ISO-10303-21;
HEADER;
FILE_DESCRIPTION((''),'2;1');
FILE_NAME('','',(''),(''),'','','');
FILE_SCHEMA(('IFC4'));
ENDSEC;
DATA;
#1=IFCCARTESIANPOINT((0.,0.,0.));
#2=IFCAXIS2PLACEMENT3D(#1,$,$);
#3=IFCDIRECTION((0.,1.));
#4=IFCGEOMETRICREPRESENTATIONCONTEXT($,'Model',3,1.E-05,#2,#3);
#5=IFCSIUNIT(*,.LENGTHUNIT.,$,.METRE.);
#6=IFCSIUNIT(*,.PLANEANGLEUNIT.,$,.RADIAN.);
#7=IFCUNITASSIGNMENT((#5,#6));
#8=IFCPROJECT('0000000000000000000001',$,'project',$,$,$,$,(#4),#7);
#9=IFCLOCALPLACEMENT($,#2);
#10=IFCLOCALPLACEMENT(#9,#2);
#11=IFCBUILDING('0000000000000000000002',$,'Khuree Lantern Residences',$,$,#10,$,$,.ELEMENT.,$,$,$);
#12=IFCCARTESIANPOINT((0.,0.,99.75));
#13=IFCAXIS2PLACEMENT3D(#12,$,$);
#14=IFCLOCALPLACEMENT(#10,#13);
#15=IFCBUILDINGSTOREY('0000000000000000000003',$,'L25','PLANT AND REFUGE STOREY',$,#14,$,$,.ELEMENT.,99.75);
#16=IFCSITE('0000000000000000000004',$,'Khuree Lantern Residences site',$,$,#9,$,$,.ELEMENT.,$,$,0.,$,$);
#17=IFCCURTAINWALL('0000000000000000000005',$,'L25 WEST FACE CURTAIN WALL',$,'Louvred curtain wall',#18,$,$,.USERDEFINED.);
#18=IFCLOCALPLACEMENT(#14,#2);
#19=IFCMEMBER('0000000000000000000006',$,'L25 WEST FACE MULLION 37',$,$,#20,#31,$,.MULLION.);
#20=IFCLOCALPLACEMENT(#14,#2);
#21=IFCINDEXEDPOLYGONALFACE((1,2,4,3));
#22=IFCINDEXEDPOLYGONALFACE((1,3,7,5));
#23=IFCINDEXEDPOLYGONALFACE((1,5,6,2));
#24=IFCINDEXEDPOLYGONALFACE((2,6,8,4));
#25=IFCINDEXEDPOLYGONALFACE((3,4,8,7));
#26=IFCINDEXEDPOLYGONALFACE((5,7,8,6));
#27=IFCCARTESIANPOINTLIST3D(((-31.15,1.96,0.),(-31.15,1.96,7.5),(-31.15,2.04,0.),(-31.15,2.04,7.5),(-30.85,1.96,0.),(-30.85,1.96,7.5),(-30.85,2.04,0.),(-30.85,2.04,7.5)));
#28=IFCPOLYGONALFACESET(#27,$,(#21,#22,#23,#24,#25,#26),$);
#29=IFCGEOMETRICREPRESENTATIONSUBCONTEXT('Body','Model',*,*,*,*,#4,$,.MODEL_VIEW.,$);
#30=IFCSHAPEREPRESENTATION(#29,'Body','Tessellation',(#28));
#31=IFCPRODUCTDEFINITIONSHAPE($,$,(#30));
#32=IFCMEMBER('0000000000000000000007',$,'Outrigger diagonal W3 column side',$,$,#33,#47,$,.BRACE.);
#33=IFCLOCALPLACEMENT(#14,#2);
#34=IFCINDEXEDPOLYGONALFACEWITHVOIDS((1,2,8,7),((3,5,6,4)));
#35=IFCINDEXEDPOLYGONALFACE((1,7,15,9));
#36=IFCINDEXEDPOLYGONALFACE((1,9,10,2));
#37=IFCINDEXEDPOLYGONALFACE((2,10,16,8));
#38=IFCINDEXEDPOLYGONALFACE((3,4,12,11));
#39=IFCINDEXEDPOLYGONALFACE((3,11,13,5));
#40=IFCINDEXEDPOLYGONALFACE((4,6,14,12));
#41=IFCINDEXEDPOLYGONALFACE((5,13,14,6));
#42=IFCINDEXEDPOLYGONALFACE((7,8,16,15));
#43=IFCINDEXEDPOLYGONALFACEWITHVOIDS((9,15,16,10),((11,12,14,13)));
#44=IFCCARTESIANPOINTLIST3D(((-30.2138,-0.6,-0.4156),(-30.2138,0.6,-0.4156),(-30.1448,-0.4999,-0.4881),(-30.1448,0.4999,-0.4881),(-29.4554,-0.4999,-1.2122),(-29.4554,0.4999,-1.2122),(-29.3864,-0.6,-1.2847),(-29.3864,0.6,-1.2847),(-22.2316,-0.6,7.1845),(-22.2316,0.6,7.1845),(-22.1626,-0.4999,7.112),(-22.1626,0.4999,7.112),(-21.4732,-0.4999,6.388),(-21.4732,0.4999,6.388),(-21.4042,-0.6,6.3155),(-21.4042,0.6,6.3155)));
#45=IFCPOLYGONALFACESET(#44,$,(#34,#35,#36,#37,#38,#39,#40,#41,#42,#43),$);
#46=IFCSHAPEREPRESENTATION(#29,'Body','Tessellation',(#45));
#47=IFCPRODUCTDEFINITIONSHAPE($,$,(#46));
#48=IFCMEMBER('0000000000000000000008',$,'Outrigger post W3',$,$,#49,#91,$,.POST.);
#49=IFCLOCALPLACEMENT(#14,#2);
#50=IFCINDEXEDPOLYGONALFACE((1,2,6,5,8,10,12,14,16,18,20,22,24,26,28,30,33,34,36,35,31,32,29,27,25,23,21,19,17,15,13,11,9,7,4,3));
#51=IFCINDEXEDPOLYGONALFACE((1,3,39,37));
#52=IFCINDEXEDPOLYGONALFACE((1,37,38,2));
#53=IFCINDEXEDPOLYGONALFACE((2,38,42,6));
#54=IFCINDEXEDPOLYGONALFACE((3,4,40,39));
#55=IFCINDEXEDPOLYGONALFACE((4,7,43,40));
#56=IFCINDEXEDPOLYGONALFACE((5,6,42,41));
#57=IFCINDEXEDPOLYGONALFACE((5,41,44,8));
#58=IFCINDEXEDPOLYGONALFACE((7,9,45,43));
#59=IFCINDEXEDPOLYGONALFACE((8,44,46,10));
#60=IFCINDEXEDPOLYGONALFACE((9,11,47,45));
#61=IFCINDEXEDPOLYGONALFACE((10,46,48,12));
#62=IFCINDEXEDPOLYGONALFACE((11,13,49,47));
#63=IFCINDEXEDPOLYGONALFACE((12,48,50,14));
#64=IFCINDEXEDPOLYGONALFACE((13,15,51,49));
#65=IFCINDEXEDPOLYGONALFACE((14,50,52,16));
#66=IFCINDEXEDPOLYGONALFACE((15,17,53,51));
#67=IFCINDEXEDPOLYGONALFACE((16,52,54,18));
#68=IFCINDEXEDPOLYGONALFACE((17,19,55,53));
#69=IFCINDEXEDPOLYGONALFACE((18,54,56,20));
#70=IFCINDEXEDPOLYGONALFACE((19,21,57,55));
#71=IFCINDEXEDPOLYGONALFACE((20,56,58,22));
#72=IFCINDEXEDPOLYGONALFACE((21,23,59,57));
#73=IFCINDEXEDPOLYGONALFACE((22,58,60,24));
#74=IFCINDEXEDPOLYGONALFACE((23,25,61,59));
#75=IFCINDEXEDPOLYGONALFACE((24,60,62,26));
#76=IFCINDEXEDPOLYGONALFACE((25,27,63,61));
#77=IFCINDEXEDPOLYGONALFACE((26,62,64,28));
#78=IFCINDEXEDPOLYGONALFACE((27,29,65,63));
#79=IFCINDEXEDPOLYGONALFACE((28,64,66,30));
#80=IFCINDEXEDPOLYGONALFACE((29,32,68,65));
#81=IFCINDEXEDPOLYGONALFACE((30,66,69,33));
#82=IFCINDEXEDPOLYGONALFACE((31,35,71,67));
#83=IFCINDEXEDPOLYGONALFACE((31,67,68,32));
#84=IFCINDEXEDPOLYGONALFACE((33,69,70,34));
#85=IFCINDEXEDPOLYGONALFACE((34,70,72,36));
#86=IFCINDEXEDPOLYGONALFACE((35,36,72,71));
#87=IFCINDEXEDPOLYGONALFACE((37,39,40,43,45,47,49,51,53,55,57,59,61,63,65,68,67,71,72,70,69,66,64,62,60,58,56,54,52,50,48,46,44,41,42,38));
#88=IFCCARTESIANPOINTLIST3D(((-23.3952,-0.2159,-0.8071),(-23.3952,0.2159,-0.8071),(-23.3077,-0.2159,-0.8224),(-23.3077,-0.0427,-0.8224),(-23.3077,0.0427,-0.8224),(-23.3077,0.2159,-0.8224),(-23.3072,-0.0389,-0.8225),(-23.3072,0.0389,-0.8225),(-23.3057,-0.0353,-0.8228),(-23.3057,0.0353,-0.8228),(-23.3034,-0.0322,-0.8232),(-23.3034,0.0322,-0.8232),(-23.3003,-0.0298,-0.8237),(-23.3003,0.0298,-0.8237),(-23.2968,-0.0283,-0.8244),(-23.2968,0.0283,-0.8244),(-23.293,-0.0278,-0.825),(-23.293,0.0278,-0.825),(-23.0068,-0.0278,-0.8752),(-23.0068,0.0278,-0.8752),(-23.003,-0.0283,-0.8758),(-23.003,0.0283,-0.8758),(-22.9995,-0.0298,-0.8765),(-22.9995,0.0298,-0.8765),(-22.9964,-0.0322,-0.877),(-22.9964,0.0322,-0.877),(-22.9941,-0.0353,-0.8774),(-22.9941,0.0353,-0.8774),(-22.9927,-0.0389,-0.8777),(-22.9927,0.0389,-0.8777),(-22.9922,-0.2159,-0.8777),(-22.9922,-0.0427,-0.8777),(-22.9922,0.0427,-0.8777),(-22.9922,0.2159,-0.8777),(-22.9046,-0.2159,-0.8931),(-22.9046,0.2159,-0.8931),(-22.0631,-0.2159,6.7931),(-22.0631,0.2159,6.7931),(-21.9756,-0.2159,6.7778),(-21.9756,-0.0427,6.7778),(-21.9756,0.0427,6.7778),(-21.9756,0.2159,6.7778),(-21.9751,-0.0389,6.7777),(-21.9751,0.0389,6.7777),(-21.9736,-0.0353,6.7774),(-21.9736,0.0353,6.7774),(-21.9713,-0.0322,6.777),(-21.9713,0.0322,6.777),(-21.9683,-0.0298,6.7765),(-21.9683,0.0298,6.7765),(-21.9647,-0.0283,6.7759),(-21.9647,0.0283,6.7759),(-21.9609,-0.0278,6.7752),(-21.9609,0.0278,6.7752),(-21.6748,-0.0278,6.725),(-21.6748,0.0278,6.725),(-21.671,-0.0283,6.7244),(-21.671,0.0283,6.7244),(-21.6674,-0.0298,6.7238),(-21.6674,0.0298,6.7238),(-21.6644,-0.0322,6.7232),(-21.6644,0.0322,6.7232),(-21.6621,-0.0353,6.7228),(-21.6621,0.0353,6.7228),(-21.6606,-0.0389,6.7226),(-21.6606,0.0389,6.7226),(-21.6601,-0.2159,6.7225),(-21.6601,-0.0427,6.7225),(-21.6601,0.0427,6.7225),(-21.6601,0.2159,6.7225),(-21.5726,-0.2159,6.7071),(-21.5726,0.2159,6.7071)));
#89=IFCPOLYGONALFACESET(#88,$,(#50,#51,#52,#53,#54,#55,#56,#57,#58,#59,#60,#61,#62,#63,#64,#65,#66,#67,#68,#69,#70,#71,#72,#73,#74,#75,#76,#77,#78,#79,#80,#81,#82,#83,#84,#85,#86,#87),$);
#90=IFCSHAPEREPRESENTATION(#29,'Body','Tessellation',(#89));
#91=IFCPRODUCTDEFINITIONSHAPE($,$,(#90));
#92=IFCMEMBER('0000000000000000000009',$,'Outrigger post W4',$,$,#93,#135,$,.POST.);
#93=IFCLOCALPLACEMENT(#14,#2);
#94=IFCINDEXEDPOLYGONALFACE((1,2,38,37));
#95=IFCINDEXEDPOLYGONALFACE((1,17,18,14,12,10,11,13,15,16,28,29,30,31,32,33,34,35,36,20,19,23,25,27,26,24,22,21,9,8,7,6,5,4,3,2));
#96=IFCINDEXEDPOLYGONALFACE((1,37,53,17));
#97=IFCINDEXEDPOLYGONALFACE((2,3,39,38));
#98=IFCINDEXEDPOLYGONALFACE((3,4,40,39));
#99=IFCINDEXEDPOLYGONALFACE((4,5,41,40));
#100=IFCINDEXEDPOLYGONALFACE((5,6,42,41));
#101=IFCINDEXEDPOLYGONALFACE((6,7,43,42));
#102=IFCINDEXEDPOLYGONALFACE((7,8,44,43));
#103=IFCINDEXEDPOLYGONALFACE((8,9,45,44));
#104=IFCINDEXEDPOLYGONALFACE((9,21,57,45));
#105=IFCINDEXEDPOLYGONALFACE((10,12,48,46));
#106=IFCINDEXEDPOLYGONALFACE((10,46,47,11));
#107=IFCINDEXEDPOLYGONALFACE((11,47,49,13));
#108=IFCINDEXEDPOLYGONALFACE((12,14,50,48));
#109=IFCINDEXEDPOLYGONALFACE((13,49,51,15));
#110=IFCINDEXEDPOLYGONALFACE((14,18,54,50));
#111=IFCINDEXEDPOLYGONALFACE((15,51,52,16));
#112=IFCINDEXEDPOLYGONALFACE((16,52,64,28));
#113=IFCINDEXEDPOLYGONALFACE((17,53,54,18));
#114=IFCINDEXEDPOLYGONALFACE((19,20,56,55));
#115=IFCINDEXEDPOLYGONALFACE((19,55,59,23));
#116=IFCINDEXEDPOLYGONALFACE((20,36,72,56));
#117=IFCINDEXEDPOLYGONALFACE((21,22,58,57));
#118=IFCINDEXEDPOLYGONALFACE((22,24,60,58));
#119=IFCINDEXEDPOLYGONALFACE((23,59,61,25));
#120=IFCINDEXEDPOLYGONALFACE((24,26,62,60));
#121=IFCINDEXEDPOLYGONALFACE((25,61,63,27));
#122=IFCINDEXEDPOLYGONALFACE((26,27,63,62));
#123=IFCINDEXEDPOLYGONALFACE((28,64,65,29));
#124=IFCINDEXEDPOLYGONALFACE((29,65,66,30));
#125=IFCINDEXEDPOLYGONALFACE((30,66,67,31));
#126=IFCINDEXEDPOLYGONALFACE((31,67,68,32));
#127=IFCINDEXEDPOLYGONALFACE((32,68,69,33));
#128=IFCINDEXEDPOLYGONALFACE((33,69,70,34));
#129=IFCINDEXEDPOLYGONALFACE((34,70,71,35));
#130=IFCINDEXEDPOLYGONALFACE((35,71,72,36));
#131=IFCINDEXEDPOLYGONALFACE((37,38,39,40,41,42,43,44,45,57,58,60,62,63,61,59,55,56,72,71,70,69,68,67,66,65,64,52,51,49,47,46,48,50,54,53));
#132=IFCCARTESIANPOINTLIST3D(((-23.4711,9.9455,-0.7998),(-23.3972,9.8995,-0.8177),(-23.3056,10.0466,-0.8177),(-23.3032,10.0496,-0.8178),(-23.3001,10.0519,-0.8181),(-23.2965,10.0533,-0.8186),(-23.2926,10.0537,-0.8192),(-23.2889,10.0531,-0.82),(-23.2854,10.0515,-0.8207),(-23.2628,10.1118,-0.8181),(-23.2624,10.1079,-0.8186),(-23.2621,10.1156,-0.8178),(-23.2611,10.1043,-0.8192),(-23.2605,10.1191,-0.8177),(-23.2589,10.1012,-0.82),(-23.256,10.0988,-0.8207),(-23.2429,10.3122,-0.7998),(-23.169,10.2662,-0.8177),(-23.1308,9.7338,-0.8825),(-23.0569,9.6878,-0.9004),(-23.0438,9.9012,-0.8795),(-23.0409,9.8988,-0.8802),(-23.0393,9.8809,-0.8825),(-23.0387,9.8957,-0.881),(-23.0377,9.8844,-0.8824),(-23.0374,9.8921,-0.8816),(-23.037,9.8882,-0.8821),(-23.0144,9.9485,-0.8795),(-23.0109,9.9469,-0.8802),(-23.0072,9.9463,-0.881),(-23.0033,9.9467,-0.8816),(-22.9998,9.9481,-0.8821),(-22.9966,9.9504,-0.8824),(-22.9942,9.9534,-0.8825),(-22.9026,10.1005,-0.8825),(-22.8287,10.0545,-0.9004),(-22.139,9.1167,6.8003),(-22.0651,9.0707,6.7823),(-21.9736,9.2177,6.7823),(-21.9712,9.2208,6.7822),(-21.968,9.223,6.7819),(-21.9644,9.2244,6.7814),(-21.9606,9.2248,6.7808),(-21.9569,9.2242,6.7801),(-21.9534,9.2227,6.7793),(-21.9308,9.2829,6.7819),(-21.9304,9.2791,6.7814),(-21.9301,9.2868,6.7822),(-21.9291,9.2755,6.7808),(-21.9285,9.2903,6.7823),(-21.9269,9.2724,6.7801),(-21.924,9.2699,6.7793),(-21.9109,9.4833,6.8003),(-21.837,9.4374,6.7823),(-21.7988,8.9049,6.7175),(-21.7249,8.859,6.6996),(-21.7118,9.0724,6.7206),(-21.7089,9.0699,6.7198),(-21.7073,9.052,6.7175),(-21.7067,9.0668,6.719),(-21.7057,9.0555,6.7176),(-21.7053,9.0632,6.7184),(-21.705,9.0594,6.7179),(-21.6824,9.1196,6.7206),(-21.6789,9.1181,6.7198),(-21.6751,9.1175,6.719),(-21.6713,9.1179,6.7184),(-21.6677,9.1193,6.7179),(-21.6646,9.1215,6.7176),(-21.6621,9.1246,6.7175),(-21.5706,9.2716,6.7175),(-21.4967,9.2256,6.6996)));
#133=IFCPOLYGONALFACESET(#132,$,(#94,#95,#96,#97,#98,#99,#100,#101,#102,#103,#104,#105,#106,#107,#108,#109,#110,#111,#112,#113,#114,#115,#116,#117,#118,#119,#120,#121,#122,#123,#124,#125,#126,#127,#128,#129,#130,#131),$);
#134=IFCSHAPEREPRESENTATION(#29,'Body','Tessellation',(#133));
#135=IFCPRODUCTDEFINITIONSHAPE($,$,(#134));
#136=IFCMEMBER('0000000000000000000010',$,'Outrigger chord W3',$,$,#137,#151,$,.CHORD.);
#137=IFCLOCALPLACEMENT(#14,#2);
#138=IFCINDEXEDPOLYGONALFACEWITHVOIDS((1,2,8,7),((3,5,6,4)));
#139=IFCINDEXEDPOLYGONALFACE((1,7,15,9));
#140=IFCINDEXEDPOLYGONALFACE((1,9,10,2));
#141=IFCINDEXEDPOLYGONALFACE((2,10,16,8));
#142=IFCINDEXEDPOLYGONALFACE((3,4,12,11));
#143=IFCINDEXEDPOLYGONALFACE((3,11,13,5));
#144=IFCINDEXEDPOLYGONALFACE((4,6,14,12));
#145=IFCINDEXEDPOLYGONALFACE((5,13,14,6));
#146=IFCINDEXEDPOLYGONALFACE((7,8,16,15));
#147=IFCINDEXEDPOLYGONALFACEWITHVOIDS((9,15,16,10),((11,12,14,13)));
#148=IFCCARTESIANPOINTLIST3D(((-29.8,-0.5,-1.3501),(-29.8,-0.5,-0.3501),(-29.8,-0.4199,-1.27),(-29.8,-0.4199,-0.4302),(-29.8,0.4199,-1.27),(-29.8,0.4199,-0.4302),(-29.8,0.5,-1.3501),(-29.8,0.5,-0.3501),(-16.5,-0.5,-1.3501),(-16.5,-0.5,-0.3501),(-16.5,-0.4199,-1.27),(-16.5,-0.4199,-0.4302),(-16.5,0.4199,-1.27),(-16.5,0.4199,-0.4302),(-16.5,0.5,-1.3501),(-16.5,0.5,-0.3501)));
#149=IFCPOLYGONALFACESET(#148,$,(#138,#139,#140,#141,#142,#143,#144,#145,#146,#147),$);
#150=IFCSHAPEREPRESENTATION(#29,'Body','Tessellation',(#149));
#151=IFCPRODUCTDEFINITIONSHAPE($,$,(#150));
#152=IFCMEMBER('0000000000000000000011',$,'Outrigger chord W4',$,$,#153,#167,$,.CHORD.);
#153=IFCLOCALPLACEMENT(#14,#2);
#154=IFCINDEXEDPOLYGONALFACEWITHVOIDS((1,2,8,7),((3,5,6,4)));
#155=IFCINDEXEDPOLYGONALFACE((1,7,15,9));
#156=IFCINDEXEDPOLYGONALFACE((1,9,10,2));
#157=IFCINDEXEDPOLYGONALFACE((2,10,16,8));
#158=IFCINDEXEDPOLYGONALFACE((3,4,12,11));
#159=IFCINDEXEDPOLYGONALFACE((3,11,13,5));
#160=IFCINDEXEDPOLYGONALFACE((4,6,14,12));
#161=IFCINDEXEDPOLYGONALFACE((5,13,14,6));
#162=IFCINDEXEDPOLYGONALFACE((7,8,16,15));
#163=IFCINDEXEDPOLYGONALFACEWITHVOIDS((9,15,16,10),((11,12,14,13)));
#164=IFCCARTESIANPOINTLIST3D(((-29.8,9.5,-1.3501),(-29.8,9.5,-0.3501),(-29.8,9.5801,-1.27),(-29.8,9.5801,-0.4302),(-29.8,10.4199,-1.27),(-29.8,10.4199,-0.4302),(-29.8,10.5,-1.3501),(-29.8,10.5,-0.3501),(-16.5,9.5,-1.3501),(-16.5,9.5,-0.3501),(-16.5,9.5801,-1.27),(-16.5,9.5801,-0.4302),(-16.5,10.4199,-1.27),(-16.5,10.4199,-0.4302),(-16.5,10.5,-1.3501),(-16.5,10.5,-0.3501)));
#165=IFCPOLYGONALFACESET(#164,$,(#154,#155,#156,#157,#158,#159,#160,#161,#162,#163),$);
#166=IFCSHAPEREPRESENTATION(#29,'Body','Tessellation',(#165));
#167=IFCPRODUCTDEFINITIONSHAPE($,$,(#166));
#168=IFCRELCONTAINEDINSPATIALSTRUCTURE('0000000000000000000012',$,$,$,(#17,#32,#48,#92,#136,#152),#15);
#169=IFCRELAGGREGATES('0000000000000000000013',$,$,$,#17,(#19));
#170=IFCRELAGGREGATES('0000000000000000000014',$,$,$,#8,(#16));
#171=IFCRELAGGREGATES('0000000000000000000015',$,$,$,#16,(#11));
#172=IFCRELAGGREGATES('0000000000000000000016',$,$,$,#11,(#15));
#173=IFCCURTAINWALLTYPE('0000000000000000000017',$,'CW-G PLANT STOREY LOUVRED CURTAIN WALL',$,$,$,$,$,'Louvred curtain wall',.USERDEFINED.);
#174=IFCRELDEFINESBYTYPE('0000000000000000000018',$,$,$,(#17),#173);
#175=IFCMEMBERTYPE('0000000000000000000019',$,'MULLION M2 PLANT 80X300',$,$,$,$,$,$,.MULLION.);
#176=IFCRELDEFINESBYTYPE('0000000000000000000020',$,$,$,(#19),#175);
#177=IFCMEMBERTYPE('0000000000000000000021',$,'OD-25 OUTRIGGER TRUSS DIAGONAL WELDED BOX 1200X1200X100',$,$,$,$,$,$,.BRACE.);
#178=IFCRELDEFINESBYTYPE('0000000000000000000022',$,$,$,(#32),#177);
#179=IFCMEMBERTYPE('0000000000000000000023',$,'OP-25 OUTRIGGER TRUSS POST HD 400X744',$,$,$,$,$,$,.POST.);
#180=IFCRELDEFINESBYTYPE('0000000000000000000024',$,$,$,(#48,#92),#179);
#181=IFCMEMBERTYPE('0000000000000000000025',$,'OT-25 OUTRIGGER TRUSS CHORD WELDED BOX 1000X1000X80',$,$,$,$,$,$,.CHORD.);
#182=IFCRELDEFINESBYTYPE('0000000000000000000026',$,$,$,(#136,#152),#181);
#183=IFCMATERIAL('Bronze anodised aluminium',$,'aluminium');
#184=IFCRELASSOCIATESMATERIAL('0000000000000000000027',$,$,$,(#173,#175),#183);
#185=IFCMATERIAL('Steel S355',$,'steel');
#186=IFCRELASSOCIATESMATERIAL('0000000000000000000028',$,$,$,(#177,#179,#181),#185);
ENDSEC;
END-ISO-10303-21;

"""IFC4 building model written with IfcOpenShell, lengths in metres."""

from ifc_helpers import new_model, si_unit, direction, frame, origin, origin_2d, place, context, subcontext, project, spatial, rectangle, hollow_rectangle, i_section, extrude, material, material_profile, profile_set, type_object, element, aggregate, save


model = new_model("IFC4")

# Units and contexts
model_context = context("Model", 3, precision=1e-05, world=origin(), true_north=direction((0.0, 1.0)))
body_context = subcontext(model_context, "Body", "Model", "MODEL_VIEW")
ifc_project = project(units=[si_unit("LENGTHUNIT", "METRE"), si_unit("PLANEANGLEUNIT", "RADIAN")], contexts=[model_context])

# Site, building, storey
site_placement = place(None, origin())
site = spatial("IfcSite", under=ifc_project, at=site_placement, Name="Khuree Lantern Residences site", CompositionType="ELEMENT", RefElevation=0.0)
building_placement = place(site_placement, origin())
building = spatial("IfcBuilding", under=site, at=building_placement, Name="Khuree Lantern Residences", CompositionType="ELEMENT")
storey_placement = place(building_placement, frame((0.0, 0.0, 99.75)))
storey = spatial("IfcBuildingStorey", under=building, at=storey_placement, Name="L25", Description="PLANT AND REFUGE STOREY", CompositionType="ELEMENT", Elevation=99.75)

# Shared definitions
ifc_material_1 = material(Name="Steel S355", Category="steel")

# Curtain wall, member
ifc_material_2 = material(Name="Bronze anodised aluminium", Category="aluminium")
curtain_wall_type = type_object("IfcCurtainWallType", Name="CW-G PLANT STOREY LOUVRED CURTAIN WALL", ElementType="Louvred curtain wall", PredefinedType="USERDEFINED", material=ifc_material_2)
curtain_wall_placement = place(storey_placement, origin())
curtain_wall = element("IfcCurtainWall", 1, at=curtain_wall_placement, inside=storey, type_object=curtain_wall_type, Name="L25 WEST FACE CURTAIN WALL", ObjectType="Louvred curtain wall", PredefinedType="USERDEFINED")
ifc_material_profile_1 = material_profile(ifc_material_2, rectangle(XDim=0.0801, YDim=0.3, at=origin_2d()), Name="M2 80X300")
ifc_profile_set_1 = profile_set([ifc_material_profile_1], Name="Bronze anodised aluminium")
member_type_1 = type_object("IfcMemberType", Name="MULLION M2 PLANT 80X300", PredefinedType="MULLION", material=ifc_profile_set_1)
member_1_placement = place(storey_placement, frame((-31.0, 2.0, 0.0), z_axis=(0.0, 0.0, 1.0), x_axis=(0.0, -1.0, 0.0)))
member_1 = element("IfcMember", 2, at=member_1_placement, type_object=member_type_1, Name="L25 WEST FACE MULLION 37", PredefinedType="MULLION", context=body_context, shape_type="SweptSolid", body=[
    extrude(rectangle(XDim=0.0801, YDim=0.3, at=origin_2d()), origin(), (0.0, 0.0, 1.0), 7.5),
])

# Members
ifc_material_profile_2 = material_profile(ifc_material_1, hollow_rectangle(XDim=1.2, YDim=1.2, WallThickness=0.1001, at=origin_2d()), Name="WELDED BOX 1200X1200X100")
ifc_profile_set_2 = profile_set([ifc_material_profile_2], Name="Steel S355")
member_type_2 = type_object("IfcMemberType", Name="OD-25 OUTRIGGER TRUSS DIAGONAL WELDED BOX 1200X1200X100", PredefinedType="BRACE", material=ifc_profile_set_2)
member_2_placement = place(storey_placement, frame((-21.8179, 0.0, 6.75), z_axis=(-0.724227, 0.0, -0.689561), x_axis=(0.0, -1.0, 0.0)))
element("IfcMember", 3, at=member_2_placement, inside=storey, type_object=member_type_2, Name="Outrigger diagonal W3 column side", PredefinedType="BRACE", context=body_context, shape_type="SweptSolid", body=[
    extrude(hollow_rectangle(XDim=1.2, YDim=1.2, WallThickness=0.1001, at=origin_2d()), origin(), (0.0, 0.0, 1.0), 11.0217),
])
ifc_material_profile_3 = material_profile(ifc_material_1, i_section(OverallWidth=0.4319, OverallDepth=0.498, WebThickness=0.0557, FlangeThickness=0.0889, FilletRadius=0.0149, at=origin_2d()), Name="HD 400X744")
ifc_profile_set_3 = profile_set([ifc_material_profile_3], Name="Steel S355")
member_type_3 = type_object("IfcMemberType", Name="OP-25 OUTRIGGER TRUSS POST HD 400X744", PredefinedType="POST", material=ifc_profile_set_3)
member_3_placement = place(storey_placement, frame((-23.1499, 0.0, -0.8501), z_axis=(0.172634, 0.0, 0.984986), x_axis=(0.0, 1.0, 0.0)))
element("IfcMember", 4, at=member_3_placement, inside=storey, type_object=member_type_3, Name="Outrigger post W3", PredefinedType="POST", context=body_context, shape_type="SweptSolid", body=[
    extrude(i_section(OverallWidth=0.4319, OverallDepth=0.498, WebThickness=0.0557, FlangeThickness=0.0889, FilletRadius=0.0149, at=origin_2d()), origin(), (0.0, 0.0, 1.0), 7.7161),
])
member_4_placement = place(storey_placement, frame((-23.1499, 10.0, -0.8501), z_axis=(0.171646, -0.106807, 0.979352), x_axis=(0.528319, 0.849046, 0.0)))
element("IfcMember", 5, at=member_4_placement, inside=storey, type_object=member_type_3, Name="Outrigger post W4", PredefinedType="POST", context=body_context, shape_type="SweptSolid", body=[
    extrude(i_section(OverallWidth=0.4319, OverallDepth=0.498, WebThickness=0.0557, FlangeThickness=0.0889, FilletRadius=0.0149, at=origin_2d()), origin(), (0.0, 0.0, 1.0), 7.7603),
])
ifc_material_profile_4 = material_profile(ifc_material_1, hollow_rectangle(XDim=1.0, YDim=1.0, WallThickness=0.0801, at=origin_2d()), Name="WELDED BOX 1000X1000X80")
ifc_profile_set_4 = profile_set([ifc_material_profile_4], Name="Steel S355")
member_type_4 = type_object("IfcMemberType", Name="OT-25 OUTRIGGER TRUSS CHORD WELDED BOX 1000X1000X80", PredefinedType="CHORD", material=ifc_profile_set_4)
for number, where, z_axis, x_axis, name in (
    (6, (-29.8, 0.0, -0.8501), (1.0, 0.0, 0.0), (0.0, 1.0, 0.0), "Outrigger chord W3"),
    (7, (-29.8, 10.0, -0.8501), (1.0, 0.0, 0.0), (0.0, 1.0, 0.0), "Outrigger chord W4"),
):
    element("IfcMember", number, at=place(storey_placement, frame(where, z_axis=z_axis, x_axis=x_axis)), inside=storey, type_object=member_type_4, Name=name, PredefinedType="CHORD", context=body_context, shape_type="SweptSolid", body=[
        extrude(hollow_rectangle(XDim=1.0, YDim=1.0, WallThickness=0.0801, at=origin_2d()), origin(), (0.0, 0.0, 1.0), 13.3),
    ])

aggregate(curtain_wall, [member_1])

save(model, "model.ifc")
